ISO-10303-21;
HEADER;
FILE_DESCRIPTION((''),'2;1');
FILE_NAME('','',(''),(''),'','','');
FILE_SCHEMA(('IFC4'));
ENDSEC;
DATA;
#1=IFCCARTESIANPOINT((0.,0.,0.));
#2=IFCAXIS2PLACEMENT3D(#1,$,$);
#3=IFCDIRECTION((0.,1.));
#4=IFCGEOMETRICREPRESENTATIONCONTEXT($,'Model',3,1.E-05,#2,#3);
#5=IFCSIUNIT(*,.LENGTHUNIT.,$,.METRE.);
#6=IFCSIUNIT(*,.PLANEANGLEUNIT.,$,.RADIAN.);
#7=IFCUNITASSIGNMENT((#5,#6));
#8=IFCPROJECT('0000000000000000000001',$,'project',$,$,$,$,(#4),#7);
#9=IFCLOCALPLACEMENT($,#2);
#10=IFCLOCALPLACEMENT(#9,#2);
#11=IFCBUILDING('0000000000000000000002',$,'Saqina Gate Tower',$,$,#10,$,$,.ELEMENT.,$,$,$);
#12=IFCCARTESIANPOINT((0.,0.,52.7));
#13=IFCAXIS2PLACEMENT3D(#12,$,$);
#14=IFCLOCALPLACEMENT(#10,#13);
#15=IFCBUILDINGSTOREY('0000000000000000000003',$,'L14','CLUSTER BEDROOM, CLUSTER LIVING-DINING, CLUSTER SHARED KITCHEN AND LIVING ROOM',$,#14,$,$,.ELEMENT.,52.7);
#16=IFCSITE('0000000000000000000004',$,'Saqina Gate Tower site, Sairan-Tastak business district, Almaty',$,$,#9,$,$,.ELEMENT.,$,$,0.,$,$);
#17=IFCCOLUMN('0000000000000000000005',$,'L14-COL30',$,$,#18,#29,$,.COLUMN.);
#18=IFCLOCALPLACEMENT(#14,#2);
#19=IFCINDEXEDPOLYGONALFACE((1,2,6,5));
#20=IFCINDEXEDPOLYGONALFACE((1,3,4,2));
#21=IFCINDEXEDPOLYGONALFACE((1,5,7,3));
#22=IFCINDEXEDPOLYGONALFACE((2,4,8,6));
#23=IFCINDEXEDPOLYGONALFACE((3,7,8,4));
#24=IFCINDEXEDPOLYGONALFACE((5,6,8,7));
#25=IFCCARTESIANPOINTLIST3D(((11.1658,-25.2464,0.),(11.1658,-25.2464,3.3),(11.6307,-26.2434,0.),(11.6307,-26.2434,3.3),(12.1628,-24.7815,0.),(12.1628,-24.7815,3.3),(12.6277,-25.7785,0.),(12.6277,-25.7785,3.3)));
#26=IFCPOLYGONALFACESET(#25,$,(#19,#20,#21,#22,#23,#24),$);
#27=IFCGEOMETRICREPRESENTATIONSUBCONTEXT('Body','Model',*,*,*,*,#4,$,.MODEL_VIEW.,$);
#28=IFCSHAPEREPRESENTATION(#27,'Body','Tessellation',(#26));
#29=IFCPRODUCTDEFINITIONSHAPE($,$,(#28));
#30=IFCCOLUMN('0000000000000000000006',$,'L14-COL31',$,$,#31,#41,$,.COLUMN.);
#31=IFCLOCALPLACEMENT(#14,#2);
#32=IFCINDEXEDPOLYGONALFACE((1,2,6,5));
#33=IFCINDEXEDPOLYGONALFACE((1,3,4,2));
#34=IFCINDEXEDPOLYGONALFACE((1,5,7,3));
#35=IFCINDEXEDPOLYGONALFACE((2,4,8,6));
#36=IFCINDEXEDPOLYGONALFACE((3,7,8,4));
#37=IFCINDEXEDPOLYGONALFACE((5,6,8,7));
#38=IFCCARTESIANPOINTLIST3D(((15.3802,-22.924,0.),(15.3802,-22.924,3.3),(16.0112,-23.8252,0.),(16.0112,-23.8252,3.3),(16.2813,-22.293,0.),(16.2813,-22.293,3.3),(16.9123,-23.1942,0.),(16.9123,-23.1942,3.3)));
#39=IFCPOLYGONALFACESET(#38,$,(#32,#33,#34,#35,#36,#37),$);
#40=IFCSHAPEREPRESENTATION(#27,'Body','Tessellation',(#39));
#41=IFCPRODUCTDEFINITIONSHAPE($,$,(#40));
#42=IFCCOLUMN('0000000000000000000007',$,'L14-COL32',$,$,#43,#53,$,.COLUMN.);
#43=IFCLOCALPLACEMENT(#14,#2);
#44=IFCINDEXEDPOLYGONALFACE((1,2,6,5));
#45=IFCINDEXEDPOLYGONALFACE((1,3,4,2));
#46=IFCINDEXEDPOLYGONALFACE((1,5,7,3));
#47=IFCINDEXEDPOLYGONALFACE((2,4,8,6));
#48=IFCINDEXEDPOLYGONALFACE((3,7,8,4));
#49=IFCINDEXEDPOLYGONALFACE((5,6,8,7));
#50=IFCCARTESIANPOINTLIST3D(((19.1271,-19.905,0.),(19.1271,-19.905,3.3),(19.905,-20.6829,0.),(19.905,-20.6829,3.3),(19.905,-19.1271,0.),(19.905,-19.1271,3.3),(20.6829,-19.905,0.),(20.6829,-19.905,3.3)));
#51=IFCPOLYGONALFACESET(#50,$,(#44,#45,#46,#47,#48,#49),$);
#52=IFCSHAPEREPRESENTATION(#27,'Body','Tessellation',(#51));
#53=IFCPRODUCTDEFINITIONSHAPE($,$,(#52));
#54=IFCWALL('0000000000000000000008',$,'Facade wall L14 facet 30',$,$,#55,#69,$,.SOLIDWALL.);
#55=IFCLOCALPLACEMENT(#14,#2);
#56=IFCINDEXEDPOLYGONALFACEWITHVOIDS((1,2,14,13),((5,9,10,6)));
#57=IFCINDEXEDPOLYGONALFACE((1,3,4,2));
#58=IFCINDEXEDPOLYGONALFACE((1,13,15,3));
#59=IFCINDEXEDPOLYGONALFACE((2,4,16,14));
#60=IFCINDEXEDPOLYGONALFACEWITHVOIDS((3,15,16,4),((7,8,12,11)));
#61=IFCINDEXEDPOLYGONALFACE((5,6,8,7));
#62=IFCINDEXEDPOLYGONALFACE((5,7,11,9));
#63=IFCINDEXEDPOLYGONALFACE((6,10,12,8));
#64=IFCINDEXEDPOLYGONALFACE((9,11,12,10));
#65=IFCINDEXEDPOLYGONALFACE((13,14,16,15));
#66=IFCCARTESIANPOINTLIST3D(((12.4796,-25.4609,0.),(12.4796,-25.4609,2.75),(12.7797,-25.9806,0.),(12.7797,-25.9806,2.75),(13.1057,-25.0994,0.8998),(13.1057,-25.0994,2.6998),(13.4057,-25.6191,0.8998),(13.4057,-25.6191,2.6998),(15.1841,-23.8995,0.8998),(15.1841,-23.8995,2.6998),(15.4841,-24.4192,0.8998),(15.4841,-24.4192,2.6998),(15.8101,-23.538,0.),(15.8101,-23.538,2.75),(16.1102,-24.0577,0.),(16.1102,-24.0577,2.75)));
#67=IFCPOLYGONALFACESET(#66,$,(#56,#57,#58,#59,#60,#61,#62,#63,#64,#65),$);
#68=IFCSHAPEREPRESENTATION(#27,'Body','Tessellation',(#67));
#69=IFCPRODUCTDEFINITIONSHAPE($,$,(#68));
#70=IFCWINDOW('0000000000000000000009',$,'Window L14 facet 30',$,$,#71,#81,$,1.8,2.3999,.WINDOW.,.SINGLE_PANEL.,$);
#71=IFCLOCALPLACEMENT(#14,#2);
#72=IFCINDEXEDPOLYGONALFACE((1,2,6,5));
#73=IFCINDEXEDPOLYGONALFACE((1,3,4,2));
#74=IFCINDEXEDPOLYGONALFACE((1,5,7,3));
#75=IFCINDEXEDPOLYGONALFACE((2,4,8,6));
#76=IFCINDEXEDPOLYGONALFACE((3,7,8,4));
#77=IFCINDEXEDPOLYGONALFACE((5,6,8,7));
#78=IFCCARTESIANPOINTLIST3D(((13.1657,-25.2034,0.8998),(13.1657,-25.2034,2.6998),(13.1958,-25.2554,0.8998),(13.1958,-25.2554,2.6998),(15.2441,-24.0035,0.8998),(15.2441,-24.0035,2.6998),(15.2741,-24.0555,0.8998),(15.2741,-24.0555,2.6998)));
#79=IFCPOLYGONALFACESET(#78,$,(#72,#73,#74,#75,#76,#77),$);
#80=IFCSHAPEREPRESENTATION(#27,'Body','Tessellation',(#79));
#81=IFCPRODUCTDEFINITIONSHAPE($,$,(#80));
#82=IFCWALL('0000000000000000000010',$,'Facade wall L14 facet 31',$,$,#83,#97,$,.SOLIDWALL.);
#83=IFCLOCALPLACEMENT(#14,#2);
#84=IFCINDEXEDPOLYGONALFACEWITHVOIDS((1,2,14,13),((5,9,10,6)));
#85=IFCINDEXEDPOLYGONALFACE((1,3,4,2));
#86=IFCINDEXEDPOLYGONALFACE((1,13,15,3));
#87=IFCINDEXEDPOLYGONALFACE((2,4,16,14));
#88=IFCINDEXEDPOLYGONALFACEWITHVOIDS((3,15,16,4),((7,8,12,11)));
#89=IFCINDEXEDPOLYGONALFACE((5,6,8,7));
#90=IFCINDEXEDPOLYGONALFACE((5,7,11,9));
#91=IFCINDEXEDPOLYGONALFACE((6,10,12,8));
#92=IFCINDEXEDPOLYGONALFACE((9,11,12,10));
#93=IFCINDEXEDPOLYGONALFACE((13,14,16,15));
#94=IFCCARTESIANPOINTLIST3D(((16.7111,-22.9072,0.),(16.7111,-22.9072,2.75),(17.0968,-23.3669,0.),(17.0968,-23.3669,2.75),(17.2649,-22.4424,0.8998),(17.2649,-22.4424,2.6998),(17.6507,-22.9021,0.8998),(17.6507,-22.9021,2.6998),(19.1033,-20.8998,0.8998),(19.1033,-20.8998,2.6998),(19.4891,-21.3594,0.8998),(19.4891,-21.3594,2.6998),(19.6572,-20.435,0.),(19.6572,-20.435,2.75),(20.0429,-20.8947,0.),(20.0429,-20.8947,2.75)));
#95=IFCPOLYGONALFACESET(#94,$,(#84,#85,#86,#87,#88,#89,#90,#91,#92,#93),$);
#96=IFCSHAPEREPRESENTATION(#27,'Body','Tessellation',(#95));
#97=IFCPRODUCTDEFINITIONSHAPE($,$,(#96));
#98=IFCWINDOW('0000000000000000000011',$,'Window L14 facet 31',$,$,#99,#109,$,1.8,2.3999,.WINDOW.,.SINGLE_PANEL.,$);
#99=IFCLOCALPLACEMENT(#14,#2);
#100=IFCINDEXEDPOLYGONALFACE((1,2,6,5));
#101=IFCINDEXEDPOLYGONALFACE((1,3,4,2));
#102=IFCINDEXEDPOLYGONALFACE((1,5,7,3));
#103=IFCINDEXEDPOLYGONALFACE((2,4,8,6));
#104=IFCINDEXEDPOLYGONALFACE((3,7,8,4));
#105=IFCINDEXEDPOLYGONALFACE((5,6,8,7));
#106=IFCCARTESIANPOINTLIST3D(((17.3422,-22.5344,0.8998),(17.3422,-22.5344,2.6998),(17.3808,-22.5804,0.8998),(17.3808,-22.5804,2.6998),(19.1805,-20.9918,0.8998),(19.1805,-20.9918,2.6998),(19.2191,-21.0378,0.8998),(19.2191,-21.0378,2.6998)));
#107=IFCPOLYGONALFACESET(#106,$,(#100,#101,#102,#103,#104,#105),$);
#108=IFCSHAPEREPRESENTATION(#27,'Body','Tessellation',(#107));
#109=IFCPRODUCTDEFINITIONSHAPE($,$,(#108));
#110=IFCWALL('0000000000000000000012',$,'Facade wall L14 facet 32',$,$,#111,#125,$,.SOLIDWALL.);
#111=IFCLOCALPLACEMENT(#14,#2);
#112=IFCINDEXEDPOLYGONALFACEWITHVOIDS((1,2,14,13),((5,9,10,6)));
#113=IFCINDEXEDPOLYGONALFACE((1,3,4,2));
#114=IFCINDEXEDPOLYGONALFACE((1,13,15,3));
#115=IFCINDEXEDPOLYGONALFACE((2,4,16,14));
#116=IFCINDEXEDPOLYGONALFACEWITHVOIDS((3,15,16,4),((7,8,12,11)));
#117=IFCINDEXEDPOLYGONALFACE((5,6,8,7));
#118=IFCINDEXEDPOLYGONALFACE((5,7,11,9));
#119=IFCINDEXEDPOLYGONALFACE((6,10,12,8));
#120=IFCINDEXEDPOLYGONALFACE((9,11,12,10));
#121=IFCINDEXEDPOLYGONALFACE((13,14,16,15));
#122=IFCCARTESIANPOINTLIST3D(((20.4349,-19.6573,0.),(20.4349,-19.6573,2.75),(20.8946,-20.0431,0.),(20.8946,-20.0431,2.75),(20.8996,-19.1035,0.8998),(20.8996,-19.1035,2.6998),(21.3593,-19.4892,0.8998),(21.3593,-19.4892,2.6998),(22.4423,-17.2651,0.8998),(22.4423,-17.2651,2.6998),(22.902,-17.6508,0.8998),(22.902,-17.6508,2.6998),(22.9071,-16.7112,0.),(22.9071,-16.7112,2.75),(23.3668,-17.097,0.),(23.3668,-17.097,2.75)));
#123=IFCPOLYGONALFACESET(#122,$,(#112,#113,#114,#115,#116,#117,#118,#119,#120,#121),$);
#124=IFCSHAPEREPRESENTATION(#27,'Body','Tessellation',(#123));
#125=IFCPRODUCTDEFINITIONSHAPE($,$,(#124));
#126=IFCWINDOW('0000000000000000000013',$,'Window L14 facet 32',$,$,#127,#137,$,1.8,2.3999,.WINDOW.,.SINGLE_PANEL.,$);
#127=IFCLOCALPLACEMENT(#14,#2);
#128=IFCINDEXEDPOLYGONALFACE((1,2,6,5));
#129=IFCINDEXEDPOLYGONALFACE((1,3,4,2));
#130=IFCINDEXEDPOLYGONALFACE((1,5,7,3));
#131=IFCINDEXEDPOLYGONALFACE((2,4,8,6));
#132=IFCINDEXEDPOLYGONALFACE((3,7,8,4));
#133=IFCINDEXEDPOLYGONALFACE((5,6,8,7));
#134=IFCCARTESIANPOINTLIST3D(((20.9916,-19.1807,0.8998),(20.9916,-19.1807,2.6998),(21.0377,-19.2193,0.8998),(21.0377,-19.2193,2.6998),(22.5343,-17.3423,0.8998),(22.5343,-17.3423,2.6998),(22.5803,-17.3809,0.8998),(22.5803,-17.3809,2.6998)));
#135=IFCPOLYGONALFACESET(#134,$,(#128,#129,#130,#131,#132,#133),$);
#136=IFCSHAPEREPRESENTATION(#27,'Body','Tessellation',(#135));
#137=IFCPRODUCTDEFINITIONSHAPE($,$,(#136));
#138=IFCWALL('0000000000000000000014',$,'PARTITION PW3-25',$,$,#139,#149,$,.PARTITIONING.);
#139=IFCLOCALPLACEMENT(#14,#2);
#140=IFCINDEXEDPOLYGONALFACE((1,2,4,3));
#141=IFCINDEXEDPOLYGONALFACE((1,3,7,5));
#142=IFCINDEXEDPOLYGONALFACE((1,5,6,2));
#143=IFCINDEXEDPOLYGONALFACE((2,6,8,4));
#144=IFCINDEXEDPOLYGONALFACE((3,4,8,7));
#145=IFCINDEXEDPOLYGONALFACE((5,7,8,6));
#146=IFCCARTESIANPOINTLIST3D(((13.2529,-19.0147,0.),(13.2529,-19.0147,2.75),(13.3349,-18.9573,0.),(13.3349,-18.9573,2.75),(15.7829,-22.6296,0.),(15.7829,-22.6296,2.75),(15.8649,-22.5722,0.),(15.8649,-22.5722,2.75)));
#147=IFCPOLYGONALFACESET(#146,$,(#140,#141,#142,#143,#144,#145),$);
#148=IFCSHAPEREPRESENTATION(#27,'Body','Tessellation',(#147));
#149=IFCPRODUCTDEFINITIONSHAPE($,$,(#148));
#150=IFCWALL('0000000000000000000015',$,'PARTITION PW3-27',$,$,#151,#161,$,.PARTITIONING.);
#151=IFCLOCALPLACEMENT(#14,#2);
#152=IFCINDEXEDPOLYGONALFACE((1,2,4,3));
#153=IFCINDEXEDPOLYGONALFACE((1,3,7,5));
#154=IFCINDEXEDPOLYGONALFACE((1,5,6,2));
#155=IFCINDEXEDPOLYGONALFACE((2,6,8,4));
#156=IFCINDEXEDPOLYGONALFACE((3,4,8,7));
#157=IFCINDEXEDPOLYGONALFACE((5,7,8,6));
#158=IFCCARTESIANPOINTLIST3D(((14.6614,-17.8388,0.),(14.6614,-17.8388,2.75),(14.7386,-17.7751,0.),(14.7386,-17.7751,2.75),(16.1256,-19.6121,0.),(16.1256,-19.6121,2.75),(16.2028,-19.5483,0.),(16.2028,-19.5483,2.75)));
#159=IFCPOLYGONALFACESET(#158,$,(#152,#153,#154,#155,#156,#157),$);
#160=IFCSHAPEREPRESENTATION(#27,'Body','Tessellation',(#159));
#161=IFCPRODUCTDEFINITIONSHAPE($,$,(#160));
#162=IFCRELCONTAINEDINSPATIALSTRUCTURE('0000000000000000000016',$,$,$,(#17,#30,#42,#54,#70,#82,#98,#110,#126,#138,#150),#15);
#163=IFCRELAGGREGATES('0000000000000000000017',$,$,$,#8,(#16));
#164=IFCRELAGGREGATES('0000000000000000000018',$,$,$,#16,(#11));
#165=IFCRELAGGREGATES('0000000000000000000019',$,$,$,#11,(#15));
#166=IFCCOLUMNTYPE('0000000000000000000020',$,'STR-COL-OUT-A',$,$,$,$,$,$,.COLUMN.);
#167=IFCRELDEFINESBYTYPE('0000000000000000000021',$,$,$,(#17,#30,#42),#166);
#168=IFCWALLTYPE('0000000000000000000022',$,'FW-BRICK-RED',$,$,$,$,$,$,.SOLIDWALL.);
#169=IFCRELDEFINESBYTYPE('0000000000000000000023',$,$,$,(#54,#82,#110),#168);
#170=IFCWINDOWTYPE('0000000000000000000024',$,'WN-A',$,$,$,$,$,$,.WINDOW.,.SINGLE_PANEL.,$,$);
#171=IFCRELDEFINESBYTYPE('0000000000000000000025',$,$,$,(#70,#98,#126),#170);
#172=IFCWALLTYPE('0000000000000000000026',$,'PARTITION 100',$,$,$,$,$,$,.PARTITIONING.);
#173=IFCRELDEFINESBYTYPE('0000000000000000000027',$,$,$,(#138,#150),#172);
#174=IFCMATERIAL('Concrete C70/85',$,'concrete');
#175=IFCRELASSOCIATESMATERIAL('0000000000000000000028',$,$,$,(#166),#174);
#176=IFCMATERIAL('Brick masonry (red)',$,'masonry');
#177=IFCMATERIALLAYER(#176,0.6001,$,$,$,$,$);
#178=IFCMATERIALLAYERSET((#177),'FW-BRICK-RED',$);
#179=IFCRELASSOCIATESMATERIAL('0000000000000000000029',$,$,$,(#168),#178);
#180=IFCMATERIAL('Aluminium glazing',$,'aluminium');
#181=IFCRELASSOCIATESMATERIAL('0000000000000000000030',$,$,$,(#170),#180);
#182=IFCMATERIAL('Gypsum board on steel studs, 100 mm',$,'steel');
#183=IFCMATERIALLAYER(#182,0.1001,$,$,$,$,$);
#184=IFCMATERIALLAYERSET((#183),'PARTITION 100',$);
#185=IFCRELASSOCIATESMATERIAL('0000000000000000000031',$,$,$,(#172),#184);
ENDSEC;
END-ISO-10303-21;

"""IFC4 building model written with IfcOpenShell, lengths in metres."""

from ifc_helpers import new_model, si_unit, direction, frame, frame_2d, origin, origin_2d, place, context, subcontext, project, spatial, rectangle, extrude, material, layer, layer_set, material_profile, profile_set, type_object, element, fill, save


model = new_model("IFC4")

# Units and contexts
model_context = context("Model", 3, precision=1e-05, world=origin(), true_north=direction((0.0, 1.0)))
body_context = subcontext(model_context, "Body", "Model", "MODEL_VIEW")
ifc_project = project(units=[si_unit("LENGTHUNIT", "METRE"), si_unit("PLANEANGLEUNIT", "RADIAN")], contexts=[model_context])

# Site, building, storey
site_placement = place(None, origin())
site = spatial("IfcSite", under=ifc_project, at=site_placement, Name="Saqina Gate Tower site, Sairan-Tastak business district, Almaty", CompositionType="ELEMENT", RefElevation=0.0)
building_placement = place(site_placement, origin())
building = spatial("IfcBuilding", under=site, at=building_placement, Name="Saqina Gate Tower", CompositionType="ELEMENT")
storey_placement = place(building_placement, frame((0.0, 0.0, 52.7)))
storey = spatial("IfcBuildingStorey", under=building, at=storey_placement, Name="L14", Description="CLUSTER BEDROOM, CLUSTER LIVING-DINING, CLUSTER SHARED KITCHEN AND LIVING ROOM", CompositionType="ELEMENT", Elevation=52.7)

# Columns
ifc_material_1 = material(Name="Concrete C70/85", Category="concrete")
ifc_material_profile = material_profile(ifc_material_1, rectangle(XDim=1.1001, YDim=1.1001, at=origin_2d()), Name="RC 1100x1100")
ifc_profile_set = profile_set([ifc_material_profile], Name="Concrete C70/85")
column_type = type_object("IfcColumnType", Name="STR-COL-OUT-A", PredefinedType="COLUMN", material=ifc_profile_set)
for number, where, z_axis, x_axis, name in (
    (1, (11.8967, -25.5125, 0.0), (0.0, 0.0, 1.0), (0.422618, -0.906308, 0.0), "L14-COL30"),
    (2, (16.1462, -23.0591, 0.0), (0.0, 0.0, 1.0), (0.573576, -0.819152, 0.0), "L14-COL31"),
    (3, (19.905, -19.905, 0.0), (0.0, 0.0, 1.0), (0.707107, -0.707107, 0.0), "L14-COL32"),
):
    element("IfcColumn", number, at=place(storey_placement, frame(where, z_axis=z_axis, x_axis=x_axis)), inside=storey, type_object=column_type, Name=name, PredefinedType="COLUMN", context=body_context, shape_type="SweptSolid", body=[
        extrude(rectangle(XDim=1.1001, YDim=1.1001, at=origin_2d()), origin(), (0.0, 0.0, 1.0), 3.3),
    ])

# Walls, openings, windows
ifc_material_2 = material(Name="Brick masonry (red)", Category="masonry")
ifc_layer_1 = layer(ifc_material_2, 0.6001)
ifc_layer_set_1 = layer_set([ifc_layer_1], Name="FW-BRICK-RED")
wall_type_1 = type_object("IfcWallType", Name="FW-BRICK-RED", PredefinedType="SOLIDWALL", material=ifc_layer_set_1)
wall_1_placement = place(storey_placement, frame((12.6296, -25.7207, 0.0), z_axis=(0.0, 0.0, 1.0), x_axis=(0.866031, 0.49999, 0.0)))
wall_1 = element("IfcWall", 4, at=wall_1_placement, inside=storey, type_object=wall_type_1, Name="Facade wall L14 facet 30", PredefinedType="SOLIDWALL", context=body_context, shape_type="SweptSolid", body=[
    extrude(rectangle(XDim=3.8457, YDim=0.6001, at=frame_2d((1.9229, 0.0))), origin(), (0.0, 0.0, 1.0), 2.75),
])
opening_1_placement = place(wall_1_placement, frame((0.7229, 0.0, 0.8999)))
opening_1 = element("IfcOpeningElement", 5, at=opening_1_placement, cuts=wall_1, PredefinedType="OPENING", context=body_context, shape_type="SweptSolid", body=[
    extrude(rectangle(XDim=2.3999, YDim=1.8, at=frame_2d((1.2, 0.8999))), frame((0.0, 0.312, 0.0), z_axis=(0.0, -1.0, 0.0), x_axis=(1.0, 0.0, 0.0)), (0.0, 0.0, 1.0), 0.624),
])
ifc_material_3 = material(Name="Aluminium glazing", Category="aluminium")
window_type = type_object("IfcWindowType", Name="WN-A", PartitioningType="SINGLE_PANEL", PredefinedType="WINDOW", material=ifc_material_3)
window_1_placement = place(opening_1_placement, origin())
window_1 = element("IfcWindow", 6, at=window_1_placement, inside=storey, type_object=window_type, Name="Window L14 facet 30", OverallHeight=1.8, OverallWidth=2.3999, PartitioningType="SINGLE_PANEL", PredefinedType="WINDOW", context=body_context, shape_type="SweptSolid", body=[
    extrude(rectangle(XDim=2.3999, YDim=1.8, at=frame_2d((1.2, 0.8999))), frame((0.0, 0.1799, 0.0), z_axis=(0.0, -1.0, 0.0), x_axis=(1.0, 0.0, 0.0)), (0.0, 0.0, 1.0), 0.0601),
])
fill(opening_1, window_1)
wall_2_placement = place(storey_placement, frame((16.9041, -23.137, 0.0), z_axis=(0.0, 0.0, 1.0), x_axis=(0.766026, 0.642809, 0.0)))
wall_2 = element("IfcWall", 7, at=wall_2_placement, inside=storey, type_object=wall_type_1, Name="Facade wall L14 facet 31", PredefinedType="SOLIDWALL", context=body_context, shape_type="SweptSolid", body=[
    extrude(rectangle(XDim=3.8459, YDim=0.6001, at=frame_2d((1.9229, 0.0))), origin(), (0.0, 0.0, 1.0), 2.75),
])
opening_2_placement = place(wall_2_placement, frame((0.7229, 0.0, 0.8999)))
opening_2 = element("IfcOpeningElement", 8, at=opening_2_placement, cuts=wall_2, PredefinedType="OPENING", context=body_context, shape_type="SweptSolid", body=[
    extrude(rectangle(XDim=2.3999, YDim=1.8, at=frame_2d((1.2, 0.8999))), frame((0.0, 0.312, 0.0), z_axis=(0.0, -1.0, 0.0), x_axis=(1.0, 0.0, 0.0)), (0.0, 0.0, 1.0), 0.624),
])
window_2_placement = place(opening_2_placement, origin())
window_2 = element("IfcWindow", 9, at=window_2_placement, inside=storey, type_object=window_type, Name="Window L14 facet 31", OverallHeight=1.8, OverallWidth=2.3999, PartitioningType="SINGLE_PANEL", PredefinedType="WINDOW", context=body_context, shape_type="SweptSolid", body=[
    extrude(rectangle(XDim=2.3999, YDim=1.8, at=frame_2d((1.2, 0.8999))), frame((0.0, 0.1799, 0.0), z_axis=(0.0, -1.0, 0.0), x_axis=(1.0, 0.0, 0.0)), (0.0, 0.0, 1.0), 0.0601),
])
fill(opening_2, window_2)
wall_3_placement = place(storey_placement, frame((20.6648, -19.8501, 0.0), z_axis=(0.0, 0.0, 1.0), x_axis=(0.642809, 0.766026, 0.0)))
wall_3 = element("IfcWall", 10, at=wall_3_placement, inside=storey, type_object=wall_type_1, Name="Facade wall L14 facet 32", PredefinedType="SOLIDWALL", context=body_context, shape_type="SweptSolid", body=[
    extrude(rectangle(XDim=3.8459, YDim=0.6001, at=frame_2d((1.9229, 0.0))), origin(), (0.0, 0.0, 1.0), 2.75),
])
opening_3_placement = place(wall_3_placement, frame((0.7229, 0.0, 0.8999)))
opening_3 = element("IfcOpeningElement", 11, at=opening_3_placement, cuts=wall_3, PredefinedType="OPENING", context=body_context, shape_type="SweptSolid", body=[
    extrude(rectangle(XDim=2.3999, YDim=1.8, at=frame_2d((1.2, 0.8999))), frame((0.0, 0.312, 0.0), z_axis=(0.0, -1.0, 0.0), x_axis=(1.0, 0.0, 0.0)), (0.0, 0.0, 1.0), 0.624),
])
window_3_placement = place(opening_3_placement, origin())
window_3 = element("IfcWindow", 12, at=window_3_placement, inside=storey, type_object=window_type, Name="Window L14 facet 32", OverallHeight=1.8, OverallWidth=2.3999, PartitioningType="SINGLE_PANEL", PredefinedType="WINDOW", context=body_context, shape_type="SweptSolid", body=[
    extrude(rectangle(XDim=2.3999, YDim=1.8, at=frame_2d((1.2, 0.8999))), frame((0.0, 0.1799, 0.0), z_axis=(0.0, -1.0, 0.0), x_axis=(1.0, 0.0, 0.0)), (0.0, 0.0, 1.0), 0.0601),
])
fill(opening_3, window_3)

# Walls
ifc_material_4 = material(Name="Gypsum board on steel studs, 100 mm", Category="steel")
ifc_layer_2 = layer(ifc_material_4, 0.1001)
ifc_layer_set_2 = layer_set([ifc_layer_2], Name="PARTITION 100")
wall_type_2 = type_object("IfcWallType", Name="PARTITION 100", PredefinedType="PARTITIONING", material=ifc_layer_set_2)
wall_4_placement = place(storey_placement, frame((13.2939, -18.9861, 0.0), z_axis=(0.0, 0.0, 1.0), x_axis=(0.573392, -0.819281, 0.0)))
element("IfcWall", 13, at=wall_4_placement, inside=storey, type_object=wall_type_2, Name="PARTITION PW3-25", PredefinedType="PARTITIONING", context=body_context, shape_type="SweptSolid", body=[
    extrude(rectangle(XDim=4.4124, YDim=0.1001, at=frame_2d((2.2061, 0.0))), origin(), (0.0, 0.0, 1.0), 2.75),
])
wall_5_placement = place(storey_placement, frame((14.7, -17.8069, 0.0), z_axis=(0.0, 0.0, 1.0), x_axis=(0.6367, -0.771111, 0.0)))
element("IfcWall", 14, at=wall_5_placement, inside=storey, type_object=wall_type_2, Name="PARTITION PW3-27", PredefinedType="PARTITIONING", context=body_context, shape_type="SweptSolid", body=[
    extrude(rectangle(XDim=2.2996, YDim=0.1001, at=frame_2d((1.1499, 0.0))), origin(), (0.0, 0.0, 1.0), 2.75),
])

save(model, "model.ifc")
